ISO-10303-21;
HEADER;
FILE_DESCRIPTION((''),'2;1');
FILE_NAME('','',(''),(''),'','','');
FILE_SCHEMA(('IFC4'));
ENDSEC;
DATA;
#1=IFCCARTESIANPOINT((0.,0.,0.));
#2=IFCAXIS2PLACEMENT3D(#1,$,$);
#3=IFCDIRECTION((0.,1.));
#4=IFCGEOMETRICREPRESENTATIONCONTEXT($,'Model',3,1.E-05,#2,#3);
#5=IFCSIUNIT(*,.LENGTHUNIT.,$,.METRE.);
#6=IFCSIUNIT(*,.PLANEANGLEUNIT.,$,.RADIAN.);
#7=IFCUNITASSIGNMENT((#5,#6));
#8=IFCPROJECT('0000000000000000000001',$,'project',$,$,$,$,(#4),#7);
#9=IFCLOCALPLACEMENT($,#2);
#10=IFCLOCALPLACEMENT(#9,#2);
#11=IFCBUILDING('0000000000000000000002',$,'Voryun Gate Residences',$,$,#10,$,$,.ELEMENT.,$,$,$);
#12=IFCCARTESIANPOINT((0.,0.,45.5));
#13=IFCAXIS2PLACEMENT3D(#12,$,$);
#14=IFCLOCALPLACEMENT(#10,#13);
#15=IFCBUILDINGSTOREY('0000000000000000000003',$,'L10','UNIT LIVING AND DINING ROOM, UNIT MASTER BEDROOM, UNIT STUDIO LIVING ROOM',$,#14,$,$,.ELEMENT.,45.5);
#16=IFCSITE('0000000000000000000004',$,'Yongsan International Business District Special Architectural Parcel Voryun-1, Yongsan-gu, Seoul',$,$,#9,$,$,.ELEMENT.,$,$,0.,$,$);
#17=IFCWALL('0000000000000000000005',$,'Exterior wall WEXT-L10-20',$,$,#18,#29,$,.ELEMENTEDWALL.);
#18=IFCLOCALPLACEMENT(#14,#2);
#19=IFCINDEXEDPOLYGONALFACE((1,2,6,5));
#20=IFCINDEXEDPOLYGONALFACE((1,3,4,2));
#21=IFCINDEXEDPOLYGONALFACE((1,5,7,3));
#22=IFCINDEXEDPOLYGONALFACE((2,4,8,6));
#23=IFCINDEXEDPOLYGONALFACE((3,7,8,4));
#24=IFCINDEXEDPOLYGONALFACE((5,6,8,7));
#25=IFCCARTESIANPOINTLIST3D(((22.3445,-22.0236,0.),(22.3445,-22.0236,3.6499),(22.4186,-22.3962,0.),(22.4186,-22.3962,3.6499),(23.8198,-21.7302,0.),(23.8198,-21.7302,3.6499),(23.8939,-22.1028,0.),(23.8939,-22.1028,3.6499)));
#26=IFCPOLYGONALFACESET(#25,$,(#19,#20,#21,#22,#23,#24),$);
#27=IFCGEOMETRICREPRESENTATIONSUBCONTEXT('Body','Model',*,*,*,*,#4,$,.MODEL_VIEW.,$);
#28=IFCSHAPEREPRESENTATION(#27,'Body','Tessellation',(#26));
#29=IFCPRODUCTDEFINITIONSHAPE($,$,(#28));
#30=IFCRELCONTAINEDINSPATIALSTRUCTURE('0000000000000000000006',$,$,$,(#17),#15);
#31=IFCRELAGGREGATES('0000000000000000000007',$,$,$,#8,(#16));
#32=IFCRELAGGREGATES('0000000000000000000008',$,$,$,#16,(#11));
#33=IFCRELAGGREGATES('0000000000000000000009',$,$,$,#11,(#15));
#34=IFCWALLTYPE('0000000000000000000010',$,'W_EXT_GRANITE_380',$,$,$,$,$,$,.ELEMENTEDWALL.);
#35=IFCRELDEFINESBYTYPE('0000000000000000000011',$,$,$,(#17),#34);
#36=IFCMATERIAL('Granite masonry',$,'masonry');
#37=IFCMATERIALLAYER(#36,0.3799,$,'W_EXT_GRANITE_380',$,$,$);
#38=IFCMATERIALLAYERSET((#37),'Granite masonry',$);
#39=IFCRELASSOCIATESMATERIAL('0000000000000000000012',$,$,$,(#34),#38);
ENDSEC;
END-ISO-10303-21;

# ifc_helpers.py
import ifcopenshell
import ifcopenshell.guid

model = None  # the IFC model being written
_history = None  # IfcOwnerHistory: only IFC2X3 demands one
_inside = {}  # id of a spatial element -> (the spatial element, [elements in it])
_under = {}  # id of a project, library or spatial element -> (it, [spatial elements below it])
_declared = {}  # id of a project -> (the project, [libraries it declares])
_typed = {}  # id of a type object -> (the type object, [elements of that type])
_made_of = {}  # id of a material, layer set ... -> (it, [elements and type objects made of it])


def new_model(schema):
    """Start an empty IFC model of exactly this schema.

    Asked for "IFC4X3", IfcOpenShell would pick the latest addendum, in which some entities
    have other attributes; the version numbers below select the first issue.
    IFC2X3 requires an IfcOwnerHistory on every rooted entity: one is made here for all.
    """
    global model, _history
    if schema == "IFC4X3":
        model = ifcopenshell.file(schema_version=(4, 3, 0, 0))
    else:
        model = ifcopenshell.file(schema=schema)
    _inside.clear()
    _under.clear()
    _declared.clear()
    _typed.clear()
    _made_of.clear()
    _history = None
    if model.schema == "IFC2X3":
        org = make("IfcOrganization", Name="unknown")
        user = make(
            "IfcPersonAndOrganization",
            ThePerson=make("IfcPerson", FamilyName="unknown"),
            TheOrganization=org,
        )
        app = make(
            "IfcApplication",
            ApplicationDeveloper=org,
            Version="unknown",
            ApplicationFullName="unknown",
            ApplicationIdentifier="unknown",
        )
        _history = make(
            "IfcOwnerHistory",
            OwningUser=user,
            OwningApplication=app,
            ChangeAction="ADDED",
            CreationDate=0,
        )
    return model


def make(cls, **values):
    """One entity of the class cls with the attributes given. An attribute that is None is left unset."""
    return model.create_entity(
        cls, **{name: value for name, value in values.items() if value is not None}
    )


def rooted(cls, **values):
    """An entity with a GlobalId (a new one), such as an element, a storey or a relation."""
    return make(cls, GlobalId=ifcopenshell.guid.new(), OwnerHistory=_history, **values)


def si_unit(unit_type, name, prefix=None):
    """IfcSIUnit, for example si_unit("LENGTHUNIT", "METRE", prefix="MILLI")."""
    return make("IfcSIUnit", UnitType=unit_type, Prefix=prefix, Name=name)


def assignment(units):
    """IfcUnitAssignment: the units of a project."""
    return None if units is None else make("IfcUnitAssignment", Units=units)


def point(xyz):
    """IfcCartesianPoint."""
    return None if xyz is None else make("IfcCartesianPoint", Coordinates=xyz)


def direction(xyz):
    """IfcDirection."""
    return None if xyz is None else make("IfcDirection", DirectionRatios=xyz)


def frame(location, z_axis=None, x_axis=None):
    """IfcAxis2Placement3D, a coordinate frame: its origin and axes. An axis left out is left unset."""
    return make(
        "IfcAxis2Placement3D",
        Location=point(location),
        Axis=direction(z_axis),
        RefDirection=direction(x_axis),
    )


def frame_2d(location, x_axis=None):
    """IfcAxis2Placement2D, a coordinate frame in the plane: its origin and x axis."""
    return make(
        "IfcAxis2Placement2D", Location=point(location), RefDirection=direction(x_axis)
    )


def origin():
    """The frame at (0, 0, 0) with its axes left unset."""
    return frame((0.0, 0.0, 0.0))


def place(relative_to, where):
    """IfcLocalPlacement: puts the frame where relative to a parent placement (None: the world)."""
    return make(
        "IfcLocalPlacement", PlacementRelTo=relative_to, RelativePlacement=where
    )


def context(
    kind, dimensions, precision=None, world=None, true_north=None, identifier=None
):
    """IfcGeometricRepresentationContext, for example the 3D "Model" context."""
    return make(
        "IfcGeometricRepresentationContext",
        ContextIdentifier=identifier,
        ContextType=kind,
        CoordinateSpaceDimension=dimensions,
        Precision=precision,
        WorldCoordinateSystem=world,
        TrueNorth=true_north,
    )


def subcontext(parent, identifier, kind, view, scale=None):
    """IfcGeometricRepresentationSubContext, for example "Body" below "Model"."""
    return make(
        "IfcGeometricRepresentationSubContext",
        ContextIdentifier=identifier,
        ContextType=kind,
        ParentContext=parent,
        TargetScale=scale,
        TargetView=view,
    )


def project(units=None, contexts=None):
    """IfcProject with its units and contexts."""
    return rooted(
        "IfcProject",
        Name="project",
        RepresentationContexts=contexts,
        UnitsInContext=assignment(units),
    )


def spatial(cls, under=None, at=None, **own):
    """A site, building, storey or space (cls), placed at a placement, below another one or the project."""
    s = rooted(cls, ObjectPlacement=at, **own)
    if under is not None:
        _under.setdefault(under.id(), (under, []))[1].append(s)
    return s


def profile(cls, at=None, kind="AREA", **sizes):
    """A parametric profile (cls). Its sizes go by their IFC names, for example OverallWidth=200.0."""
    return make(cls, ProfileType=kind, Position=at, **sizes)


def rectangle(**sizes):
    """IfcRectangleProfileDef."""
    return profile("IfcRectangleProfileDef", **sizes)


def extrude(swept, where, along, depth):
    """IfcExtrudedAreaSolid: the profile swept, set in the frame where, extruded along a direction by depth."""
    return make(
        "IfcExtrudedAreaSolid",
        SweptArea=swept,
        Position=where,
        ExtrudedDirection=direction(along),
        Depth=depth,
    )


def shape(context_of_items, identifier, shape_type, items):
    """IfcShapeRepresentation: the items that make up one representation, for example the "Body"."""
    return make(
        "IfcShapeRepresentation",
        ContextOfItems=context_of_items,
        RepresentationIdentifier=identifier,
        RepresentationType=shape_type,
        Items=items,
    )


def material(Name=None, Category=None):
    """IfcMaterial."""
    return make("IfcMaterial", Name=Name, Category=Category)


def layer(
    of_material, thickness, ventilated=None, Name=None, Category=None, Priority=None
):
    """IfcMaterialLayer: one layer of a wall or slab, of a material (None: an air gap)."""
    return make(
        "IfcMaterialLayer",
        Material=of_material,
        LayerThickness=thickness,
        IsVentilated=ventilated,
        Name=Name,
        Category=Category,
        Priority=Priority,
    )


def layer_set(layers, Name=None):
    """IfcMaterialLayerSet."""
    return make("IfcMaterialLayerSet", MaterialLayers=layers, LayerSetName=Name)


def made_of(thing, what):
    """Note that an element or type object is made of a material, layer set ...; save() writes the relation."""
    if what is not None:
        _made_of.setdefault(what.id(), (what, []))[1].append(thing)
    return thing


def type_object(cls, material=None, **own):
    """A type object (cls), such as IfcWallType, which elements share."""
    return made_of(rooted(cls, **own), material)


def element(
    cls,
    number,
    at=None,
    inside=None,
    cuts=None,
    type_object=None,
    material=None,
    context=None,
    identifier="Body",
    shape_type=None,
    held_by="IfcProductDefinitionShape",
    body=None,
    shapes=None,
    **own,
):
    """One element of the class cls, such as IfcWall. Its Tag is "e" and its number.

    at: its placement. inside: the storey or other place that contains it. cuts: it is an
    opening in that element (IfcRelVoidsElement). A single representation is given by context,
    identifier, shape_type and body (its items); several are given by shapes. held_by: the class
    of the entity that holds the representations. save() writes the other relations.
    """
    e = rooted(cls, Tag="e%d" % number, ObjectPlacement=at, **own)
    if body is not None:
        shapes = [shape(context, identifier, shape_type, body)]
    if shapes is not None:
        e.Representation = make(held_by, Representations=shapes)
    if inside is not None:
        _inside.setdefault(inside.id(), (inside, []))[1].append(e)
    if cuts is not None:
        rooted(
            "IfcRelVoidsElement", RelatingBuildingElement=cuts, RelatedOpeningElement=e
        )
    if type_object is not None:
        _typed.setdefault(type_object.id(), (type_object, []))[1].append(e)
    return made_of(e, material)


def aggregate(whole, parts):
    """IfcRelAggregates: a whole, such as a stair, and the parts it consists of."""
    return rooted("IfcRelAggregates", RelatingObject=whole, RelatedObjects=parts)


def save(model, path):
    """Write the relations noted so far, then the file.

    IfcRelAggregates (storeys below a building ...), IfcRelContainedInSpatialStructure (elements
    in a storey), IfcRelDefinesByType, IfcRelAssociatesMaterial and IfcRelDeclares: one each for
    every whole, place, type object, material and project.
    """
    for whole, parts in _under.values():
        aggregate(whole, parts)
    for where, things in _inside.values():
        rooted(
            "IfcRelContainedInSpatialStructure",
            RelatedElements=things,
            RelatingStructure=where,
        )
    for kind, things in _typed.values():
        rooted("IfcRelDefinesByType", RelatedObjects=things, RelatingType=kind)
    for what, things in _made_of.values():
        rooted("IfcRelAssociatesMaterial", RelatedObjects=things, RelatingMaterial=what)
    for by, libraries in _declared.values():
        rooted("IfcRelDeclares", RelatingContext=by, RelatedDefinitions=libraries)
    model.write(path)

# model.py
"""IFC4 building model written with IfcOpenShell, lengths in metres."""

from ifc_helpers import new_model, si_unit, direction, frame, frame_2d, origin, place, context, subcontext, project, spatial, rectangle, extrude, material, layer, layer_set, type_object, element, save


model = new_model("IFC4")

# Units and contexts
model_context = context("Model", 3, precision=1e-05, world=origin(), true_north=direction((0.0, 1.0)))
body_context = subcontext(model_context, "Body", "Model", "MODEL_VIEW")
ifc_project = project(units=[si_unit("LENGTHUNIT", "METRE"), si_unit("PLANEANGLEUNIT", "RADIAN")], contexts=[model_context])

# Site, building, storey
site_placement = place(None, origin())
site = spatial("IfcSite", under=ifc_project, at=site_placement, Name="Yongsan International Business District Special Architectural Parcel Voryun-1, Yongsan-gu, Seoul", CompositionType="ELEMENT", RefElevation=0.0)
building_placement = place(site_placement, origin())
building = spatial("IfcBuilding", under=site, at=building_placement, Name="Voryun Gate Residences", CompositionType="ELEMENT")
storey_placement = place(building_placement, frame((0.0, 0.0, 45.5)))
storey = spatial("IfcBuildingStorey", under=building, at=storey_placement, Name="L10", Description="UNIT LIVING AND DINING ROOM, UNIT MASTER BEDROOM, UNIT STUDIO LIVING ROOM", CompositionType="ELEMENT", Elevation=45.5)

# Wall
ifc_material_1 = material(Name="Granite masonry", Category="masonry")
ifc_layer = layer(ifc_material_1, 0.3799, Name="W_EXT_GRANITE_380")
ifc_layer_set = layer_set([ifc_layer], Name="Granite masonry")
wall_type = type_object("IfcWallType", Name="W_EXT_GRANITE_380", PredefinedType="ELEMENTEDWALL", material=ifc_layer_set)
wall_1_placement = place(storey_placement, frame((23.8567, -21.9165, 0.0), z_axis=(0.0, 0.0, 1.0), x_axis=(-0.980786, -0.195086, 0.0)))
element("IfcWall", 1, at=wall_1_placement, inside=storey, type_object=wall_type, Name="Exterior wall WEXT-L10-20", PredefinedType="ELEMENTEDWALL", context=body_context, shape_type="SweptSolid", body=[
    extrude(rectangle(XDim=1.5042, YDim=0.3799, at=frame_2d((0.752, 0.0))), origin(), (0.0, 0.0, 1.0), 3.6499),
])

save(model, "model.ifc")
